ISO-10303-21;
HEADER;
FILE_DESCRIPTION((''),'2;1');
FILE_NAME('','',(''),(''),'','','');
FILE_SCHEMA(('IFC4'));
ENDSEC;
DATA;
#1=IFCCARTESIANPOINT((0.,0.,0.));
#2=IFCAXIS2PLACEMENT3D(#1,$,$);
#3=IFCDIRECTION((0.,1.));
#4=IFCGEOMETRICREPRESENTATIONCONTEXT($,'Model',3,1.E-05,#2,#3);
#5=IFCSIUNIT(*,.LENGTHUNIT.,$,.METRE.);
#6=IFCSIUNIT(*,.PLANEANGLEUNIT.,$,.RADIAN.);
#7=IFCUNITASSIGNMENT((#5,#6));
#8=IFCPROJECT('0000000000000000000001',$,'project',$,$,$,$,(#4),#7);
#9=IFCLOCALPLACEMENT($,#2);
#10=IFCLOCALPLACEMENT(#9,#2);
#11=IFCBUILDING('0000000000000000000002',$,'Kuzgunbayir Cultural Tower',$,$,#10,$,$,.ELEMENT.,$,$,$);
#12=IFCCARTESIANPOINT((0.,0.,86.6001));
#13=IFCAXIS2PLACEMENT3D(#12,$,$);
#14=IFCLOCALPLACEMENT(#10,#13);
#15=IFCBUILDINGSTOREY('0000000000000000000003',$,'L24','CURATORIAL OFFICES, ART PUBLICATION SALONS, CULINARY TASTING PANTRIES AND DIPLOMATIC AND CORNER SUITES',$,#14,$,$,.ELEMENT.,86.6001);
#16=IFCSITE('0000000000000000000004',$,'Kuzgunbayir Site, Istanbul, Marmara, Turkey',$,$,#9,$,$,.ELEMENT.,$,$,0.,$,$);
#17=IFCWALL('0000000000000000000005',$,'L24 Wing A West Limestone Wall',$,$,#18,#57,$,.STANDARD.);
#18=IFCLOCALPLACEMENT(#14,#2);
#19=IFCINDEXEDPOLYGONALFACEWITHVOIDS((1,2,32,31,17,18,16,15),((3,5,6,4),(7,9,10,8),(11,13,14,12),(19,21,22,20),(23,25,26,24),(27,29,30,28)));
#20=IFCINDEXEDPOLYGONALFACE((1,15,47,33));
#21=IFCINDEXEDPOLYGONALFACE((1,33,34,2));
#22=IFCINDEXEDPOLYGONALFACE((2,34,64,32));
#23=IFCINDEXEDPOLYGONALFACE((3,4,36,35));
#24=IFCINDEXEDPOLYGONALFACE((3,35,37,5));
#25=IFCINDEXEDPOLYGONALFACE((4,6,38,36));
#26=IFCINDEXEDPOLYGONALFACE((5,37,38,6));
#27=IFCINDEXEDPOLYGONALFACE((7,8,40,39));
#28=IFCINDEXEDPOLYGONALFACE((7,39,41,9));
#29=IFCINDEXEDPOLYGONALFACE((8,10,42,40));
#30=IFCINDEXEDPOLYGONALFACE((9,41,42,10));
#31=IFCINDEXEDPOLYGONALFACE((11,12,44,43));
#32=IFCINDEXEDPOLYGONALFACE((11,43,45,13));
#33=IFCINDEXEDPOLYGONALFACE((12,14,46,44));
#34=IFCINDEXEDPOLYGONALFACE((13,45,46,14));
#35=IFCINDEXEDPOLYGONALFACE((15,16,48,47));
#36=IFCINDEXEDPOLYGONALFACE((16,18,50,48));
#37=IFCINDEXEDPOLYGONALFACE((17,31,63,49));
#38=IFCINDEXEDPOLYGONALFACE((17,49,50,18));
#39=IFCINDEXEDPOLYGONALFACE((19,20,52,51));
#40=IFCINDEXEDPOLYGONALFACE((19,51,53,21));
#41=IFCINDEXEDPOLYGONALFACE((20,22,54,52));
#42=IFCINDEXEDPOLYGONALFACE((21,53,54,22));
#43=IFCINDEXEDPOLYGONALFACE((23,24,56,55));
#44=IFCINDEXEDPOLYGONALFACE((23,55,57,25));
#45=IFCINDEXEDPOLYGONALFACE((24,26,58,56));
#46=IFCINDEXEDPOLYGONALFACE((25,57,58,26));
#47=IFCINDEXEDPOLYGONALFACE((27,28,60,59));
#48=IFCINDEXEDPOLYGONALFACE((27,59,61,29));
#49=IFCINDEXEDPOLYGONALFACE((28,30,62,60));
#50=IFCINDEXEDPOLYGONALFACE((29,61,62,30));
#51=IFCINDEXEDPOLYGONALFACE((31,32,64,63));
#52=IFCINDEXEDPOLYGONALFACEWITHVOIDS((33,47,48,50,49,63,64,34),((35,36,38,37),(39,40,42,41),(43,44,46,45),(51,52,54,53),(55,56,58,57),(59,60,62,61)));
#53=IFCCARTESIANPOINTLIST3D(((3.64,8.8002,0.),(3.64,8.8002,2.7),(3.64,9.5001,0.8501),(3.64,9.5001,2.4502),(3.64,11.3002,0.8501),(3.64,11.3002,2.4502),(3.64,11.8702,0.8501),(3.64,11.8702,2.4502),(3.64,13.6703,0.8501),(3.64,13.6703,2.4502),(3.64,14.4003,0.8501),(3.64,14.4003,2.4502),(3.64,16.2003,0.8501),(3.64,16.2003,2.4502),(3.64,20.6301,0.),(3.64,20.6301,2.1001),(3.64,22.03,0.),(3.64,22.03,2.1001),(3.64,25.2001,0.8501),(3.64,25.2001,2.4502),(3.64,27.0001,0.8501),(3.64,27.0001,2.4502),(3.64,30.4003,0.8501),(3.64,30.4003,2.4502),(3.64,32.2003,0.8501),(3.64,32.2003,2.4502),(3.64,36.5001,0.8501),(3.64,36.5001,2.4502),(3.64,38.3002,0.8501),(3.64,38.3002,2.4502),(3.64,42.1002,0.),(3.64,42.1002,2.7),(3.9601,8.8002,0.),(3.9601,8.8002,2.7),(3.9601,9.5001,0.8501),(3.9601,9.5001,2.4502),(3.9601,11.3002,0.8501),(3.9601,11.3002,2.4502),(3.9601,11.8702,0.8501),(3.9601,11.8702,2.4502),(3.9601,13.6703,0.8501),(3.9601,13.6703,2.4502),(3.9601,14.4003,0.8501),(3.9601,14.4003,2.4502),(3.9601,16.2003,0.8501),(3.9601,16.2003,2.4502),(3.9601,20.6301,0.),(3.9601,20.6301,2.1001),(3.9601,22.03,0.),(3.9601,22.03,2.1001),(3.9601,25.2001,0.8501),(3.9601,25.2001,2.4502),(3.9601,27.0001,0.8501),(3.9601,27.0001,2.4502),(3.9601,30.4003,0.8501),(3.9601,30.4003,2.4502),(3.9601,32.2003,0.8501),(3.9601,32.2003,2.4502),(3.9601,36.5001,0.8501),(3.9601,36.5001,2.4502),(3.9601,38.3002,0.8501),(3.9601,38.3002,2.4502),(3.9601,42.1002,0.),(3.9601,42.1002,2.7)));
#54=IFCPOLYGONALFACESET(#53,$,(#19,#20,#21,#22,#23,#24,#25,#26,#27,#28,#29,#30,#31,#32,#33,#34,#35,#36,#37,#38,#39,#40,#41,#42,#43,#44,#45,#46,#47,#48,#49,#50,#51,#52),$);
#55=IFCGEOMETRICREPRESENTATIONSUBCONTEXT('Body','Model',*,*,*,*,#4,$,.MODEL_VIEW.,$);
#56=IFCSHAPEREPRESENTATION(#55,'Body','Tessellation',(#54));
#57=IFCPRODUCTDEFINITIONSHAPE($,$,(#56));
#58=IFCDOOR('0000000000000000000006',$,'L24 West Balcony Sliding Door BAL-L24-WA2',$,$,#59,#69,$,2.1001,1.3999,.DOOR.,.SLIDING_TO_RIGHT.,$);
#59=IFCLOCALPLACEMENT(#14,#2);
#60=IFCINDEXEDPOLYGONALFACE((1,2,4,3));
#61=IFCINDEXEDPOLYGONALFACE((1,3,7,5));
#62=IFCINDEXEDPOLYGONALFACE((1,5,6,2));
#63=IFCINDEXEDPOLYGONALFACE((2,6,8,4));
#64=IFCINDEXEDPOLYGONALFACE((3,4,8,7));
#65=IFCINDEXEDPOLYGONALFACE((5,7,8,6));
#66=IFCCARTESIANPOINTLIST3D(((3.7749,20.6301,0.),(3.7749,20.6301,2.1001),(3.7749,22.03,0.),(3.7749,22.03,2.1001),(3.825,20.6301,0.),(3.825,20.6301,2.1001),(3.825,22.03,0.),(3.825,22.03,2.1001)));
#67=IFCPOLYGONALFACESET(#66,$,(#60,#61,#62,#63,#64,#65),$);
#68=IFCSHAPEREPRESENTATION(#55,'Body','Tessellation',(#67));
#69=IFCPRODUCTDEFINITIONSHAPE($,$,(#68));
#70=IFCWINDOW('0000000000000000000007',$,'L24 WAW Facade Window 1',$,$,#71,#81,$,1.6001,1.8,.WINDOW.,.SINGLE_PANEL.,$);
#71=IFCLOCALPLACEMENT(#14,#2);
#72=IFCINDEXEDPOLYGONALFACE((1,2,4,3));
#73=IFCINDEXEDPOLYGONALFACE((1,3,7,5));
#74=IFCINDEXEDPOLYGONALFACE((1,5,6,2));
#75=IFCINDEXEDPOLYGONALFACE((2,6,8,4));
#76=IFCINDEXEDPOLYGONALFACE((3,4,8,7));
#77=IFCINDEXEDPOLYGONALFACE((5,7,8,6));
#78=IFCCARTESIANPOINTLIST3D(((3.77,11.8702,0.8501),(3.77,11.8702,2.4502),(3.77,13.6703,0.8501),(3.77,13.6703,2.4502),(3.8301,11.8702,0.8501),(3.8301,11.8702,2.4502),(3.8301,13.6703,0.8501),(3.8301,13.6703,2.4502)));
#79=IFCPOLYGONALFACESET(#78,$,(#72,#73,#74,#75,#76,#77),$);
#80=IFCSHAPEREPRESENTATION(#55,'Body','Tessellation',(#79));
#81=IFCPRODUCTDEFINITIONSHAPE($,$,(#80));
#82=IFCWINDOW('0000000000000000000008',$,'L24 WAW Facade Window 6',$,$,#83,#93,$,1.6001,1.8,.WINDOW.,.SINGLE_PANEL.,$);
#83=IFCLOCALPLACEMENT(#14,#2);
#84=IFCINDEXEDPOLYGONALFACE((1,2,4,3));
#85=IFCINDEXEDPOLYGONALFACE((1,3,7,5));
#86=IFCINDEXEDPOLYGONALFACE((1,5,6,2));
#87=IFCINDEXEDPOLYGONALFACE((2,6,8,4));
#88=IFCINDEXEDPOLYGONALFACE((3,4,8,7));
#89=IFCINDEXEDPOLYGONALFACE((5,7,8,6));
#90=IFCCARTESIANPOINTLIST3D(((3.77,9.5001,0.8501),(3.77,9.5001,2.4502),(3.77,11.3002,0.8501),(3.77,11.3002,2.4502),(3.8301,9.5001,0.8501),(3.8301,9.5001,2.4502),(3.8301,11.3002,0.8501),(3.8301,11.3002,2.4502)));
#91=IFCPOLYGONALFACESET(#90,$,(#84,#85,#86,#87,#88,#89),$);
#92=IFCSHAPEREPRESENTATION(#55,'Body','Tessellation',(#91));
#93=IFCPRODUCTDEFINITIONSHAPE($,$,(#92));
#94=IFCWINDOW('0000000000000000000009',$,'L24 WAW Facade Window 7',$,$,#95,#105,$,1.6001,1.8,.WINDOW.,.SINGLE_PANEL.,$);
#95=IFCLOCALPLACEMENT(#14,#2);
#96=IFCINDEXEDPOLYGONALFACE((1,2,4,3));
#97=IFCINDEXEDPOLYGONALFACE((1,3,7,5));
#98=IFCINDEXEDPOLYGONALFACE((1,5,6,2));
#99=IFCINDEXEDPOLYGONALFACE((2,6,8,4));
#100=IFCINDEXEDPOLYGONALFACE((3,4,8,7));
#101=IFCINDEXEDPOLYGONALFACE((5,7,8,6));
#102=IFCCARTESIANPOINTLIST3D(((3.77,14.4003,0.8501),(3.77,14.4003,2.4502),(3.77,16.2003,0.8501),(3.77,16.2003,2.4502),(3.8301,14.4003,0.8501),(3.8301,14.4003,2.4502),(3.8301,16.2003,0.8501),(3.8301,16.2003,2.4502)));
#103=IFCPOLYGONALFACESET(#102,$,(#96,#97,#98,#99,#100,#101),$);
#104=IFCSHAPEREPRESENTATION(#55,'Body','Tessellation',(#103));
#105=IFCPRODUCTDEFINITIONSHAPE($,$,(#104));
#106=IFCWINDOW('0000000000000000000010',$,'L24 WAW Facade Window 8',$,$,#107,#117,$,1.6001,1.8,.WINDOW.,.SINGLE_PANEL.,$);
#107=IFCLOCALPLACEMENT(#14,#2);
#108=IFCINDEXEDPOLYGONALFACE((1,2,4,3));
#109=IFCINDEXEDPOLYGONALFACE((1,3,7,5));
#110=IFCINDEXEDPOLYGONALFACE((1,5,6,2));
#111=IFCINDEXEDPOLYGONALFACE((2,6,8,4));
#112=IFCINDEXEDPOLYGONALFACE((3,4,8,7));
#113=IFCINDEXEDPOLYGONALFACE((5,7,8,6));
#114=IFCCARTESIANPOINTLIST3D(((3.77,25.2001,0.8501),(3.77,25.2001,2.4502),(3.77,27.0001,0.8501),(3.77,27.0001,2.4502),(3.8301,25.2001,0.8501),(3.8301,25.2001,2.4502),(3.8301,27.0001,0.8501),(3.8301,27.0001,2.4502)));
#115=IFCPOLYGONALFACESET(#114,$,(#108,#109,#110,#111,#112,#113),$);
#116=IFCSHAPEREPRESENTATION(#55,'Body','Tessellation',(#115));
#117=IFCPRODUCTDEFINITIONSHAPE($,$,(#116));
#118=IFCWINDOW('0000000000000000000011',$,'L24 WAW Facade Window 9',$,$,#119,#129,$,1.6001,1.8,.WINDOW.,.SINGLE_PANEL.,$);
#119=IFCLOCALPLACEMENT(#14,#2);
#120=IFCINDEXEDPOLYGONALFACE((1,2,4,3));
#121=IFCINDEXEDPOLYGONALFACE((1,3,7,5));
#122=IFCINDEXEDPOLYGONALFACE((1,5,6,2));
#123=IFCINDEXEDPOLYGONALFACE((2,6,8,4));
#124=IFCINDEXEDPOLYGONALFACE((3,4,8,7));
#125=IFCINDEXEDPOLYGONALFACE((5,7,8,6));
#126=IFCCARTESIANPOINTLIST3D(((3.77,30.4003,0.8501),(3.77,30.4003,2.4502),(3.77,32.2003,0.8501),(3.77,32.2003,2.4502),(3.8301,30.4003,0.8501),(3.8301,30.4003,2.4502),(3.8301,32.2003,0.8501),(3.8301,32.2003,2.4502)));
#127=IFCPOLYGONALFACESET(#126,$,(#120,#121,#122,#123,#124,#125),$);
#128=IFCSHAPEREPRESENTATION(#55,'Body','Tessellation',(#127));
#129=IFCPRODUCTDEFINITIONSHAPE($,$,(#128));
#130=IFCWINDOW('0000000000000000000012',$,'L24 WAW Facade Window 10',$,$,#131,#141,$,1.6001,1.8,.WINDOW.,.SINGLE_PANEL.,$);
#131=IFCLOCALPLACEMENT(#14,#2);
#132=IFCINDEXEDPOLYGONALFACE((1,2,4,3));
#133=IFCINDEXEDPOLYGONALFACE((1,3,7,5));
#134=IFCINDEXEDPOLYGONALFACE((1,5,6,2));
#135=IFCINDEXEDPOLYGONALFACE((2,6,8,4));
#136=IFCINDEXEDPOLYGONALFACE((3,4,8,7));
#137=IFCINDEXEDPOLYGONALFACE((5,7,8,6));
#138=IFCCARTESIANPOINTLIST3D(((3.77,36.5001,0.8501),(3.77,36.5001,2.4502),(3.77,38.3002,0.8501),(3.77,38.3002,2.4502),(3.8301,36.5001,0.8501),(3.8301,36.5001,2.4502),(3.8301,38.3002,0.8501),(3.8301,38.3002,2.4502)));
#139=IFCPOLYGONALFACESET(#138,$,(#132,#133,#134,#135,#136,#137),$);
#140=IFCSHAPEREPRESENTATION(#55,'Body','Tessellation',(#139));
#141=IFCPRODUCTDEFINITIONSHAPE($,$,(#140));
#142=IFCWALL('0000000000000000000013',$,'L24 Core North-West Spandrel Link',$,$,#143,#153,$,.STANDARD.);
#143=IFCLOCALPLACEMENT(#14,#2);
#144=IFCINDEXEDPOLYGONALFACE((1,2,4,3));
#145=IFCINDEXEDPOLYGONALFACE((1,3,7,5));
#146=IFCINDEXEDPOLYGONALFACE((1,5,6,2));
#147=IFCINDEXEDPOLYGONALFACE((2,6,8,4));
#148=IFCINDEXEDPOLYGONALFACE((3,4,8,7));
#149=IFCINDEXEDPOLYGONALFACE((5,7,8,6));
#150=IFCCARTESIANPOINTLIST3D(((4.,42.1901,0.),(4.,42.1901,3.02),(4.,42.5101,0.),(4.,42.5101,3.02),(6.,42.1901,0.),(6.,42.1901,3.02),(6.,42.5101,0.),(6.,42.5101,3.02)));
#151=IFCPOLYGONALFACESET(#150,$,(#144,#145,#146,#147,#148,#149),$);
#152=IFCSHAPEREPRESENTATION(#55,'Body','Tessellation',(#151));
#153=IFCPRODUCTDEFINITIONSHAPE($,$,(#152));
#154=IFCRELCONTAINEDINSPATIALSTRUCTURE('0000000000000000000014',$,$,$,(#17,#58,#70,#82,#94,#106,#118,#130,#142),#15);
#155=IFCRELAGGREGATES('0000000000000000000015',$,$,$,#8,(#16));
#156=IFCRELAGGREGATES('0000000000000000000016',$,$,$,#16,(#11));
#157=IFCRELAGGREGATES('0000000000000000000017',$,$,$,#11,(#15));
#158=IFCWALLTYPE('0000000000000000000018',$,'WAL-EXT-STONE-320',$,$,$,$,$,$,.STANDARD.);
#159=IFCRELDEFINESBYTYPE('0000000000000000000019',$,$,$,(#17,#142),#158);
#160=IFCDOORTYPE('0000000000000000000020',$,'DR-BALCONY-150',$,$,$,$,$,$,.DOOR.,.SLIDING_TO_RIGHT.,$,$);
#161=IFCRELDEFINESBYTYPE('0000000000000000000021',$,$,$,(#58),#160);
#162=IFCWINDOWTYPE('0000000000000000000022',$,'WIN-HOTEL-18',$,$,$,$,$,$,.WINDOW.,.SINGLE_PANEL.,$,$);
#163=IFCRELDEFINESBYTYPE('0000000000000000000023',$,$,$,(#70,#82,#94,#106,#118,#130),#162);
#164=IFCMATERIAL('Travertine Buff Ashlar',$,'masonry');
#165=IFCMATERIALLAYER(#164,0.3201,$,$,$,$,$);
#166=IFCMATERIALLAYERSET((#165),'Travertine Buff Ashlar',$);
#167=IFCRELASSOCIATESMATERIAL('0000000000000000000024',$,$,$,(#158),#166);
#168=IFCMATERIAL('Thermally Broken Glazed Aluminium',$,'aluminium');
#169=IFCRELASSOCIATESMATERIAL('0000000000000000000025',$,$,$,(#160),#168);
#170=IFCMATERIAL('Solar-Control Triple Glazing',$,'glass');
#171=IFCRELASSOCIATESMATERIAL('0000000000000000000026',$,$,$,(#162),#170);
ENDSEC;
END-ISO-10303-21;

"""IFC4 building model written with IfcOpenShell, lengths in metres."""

from ifc_helpers import new_model, si_unit, direction, frame, frame_2d, origin, place, context, subcontext, project, spatial, rectangle, extrude, material, layer, layer_set, type_object, element, fill, save


model = new_model("IFC4")

# Units and contexts
model_context = context("Model", 3, precision=1e-05, world=origin(), true_north=direction((0.0, 1.0)))
body_context = subcontext(model_context, "Body", "Model", "MODEL_VIEW")
ifc_project = project(units=[si_unit("LENGTHUNIT", "METRE"), si_unit("PLANEANGLEUNIT", "RADIAN")], contexts=[model_context])

# Site, building, storey
site_placement = place(None, origin())
site = spatial("IfcSite", under=ifc_project, at=site_placement, Name="Kuzgunbayir Site, Istanbul, Marmara, Turkey", CompositionType="ELEMENT", RefElevation=0.0)
building_placement = place(site_placement, origin())
building = spatial("IfcBuilding", under=site, at=building_placement, Name="Kuzgunbayir Cultural Tower", CompositionType="ELEMENT")
storey_placement = place(building_placement, frame((0.0, 0.0, 86.6001)))
storey = spatial("IfcBuildingStorey", under=building, at=storey_placement, Name="L24", Description="CURATORIAL OFFICES, ART PUBLICATION SALONS, CULINARY TASTING PANTRIES AND DIPLOMATIC AND CORNER SUITES", CompositionType="ELEMENT", Elevation=86.6001)

# Wall, openings, door, windows
ifc_material_1 = material(Name="Travertine Buff Ashlar", Category="masonry")
ifc_layer_1 = layer(ifc_material_1, 0.3201)
ifc_layer_set_1 = layer_set([ifc_layer_1], Name="Travertine Buff Ashlar")
wall_type_1 = type_object("IfcWallType", Name="WAL-EXT-STONE-320", PredefinedType="STANDARD", material=ifc_layer_set_1)
wall_1_placement = place(storey_placement, frame((3.8, 42.1001, 0.0), z_axis=(0.0, 0.0, 1.0), x_axis=(0.0, -1.0, 0.0)))
wall_1 = element("IfcWall", 1, at=wall_1_placement, inside=storey, type_object=wall_type_1, Name="L24 Wing A West Limestone Wall", PredefinedType="STANDARD", context=body_context, shape_type="SweptSolid", body=[
    extrude(rectangle(XDim=33.3, YDim=0.3201, at=frame_2d((16.6499, 0.0))), origin(), (0.0, 0.0, 1.0), 2.7),
])
opening_1_placement = place(wall_1_placement, frame((20.0701, 0.0, 0.0)))
opening_1 = element("IfcOpeningElement", 2, at=opening_1_placement, cuts=wall_1, PredefinedType="OPENING", context=body_context, shape_type="SweptSolid", body=[
    extrude(rectangle(XDim=1.3999, YDim=2.1001, at=frame_2d((0.7, 1.05))), frame((0.0, 0.1699, 0.0), z_axis=(0.0, -1.0, 0.0), x_axis=(1.0, 0.0, 0.0)), (0.0, 0.0, 1.0), 0.3401),
])
opening_2_placement = place(wall_1_placement, frame((28.4299, 0.0, 0.8501)))
opening_2 = element("IfcOpeningElement", 3, at=opening_2_placement, cuts=wall_1, PredefinedType="OPENING", context=body_context, shape_type="SweptSolid", body=[
    extrude(rectangle(XDim=1.8, YDim=1.6001, at=frame_2d((0.8999, 0.8))), frame((0.0, 0.1699, 0.0), z_axis=(0.0, -1.0, 0.0), x_axis=(1.0, 0.0, 0.0)), (0.0, 0.0, 1.0), 0.3401),
])
opening_3_placement = place(wall_1_placement, frame((30.8, 0.0, 0.8501)))
opening_3 = element("IfcOpeningElement", 4, at=opening_3_placement, cuts=wall_1, PredefinedType="OPENING", context=body_context, shape_type="SweptSolid", body=[
    extrude(rectangle(XDim=1.8, YDim=1.6001, at=frame_2d((0.8999, 0.8))), frame((0.0, 0.1699, 0.0), z_axis=(0.0, -1.0, 0.0), x_axis=(1.0, 0.0, 0.0)), (0.0, 0.0, 1.0), 0.3401),
])
opening_4_placement = place(wall_1_placement, frame((25.8999, 0.0, 0.8501)))
opening_4 = element("IfcOpeningElement", 5, at=opening_4_placement, cuts=wall_1, PredefinedType="OPENING", context=body_context, shape_type="SweptSolid", body=[
    extrude(rectangle(XDim=1.8, YDim=1.6001, at=frame_2d((0.8999, 0.8))), frame((0.0, 0.1699, 0.0), z_axis=(0.0, -1.0, 0.0), x_axis=(1.0, 0.0, 0.0)), (0.0, 0.0, 1.0), 0.3401),
])
opening_5_placement = place(wall_1_placement, frame((15.1001, 0.0, 0.8501)))
opening_5 = element("IfcOpeningElement", 6, at=opening_5_placement, cuts=wall_1, PredefinedType="OPENING", context=body_context, shape_type="SweptSolid", body=[
    extrude(rectangle(XDim=1.8, YDim=1.6001, at=frame_2d((0.8999, 0.8))), frame((0.0, 0.1699, 0.0), z_axis=(0.0, -1.0, 0.0), x_axis=(1.0, 0.0, 0.0)), (0.0, 0.0, 1.0), 0.3401),
])
opening_6_placement = place(wall_1_placement, frame((9.8999, 0.0, 0.8501)))
opening_6 = element("IfcOpeningElement", 7, at=opening_6_placement, cuts=wall_1, PredefinedType="OPENING", context=body_context, shape_type="SweptSolid", body=[
    extrude(rectangle(XDim=1.8, YDim=1.6001, at=frame_2d((0.8999, 0.8))), frame((0.0, 0.1699, 0.0), z_axis=(0.0, -1.0, 0.0), x_axis=(1.0, 0.0, 0.0)), (0.0, 0.0, 1.0), 0.3401),
])
opening_7_placement = place(wall_1_placement, frame((3.8, 0.0, 0.8501)))
opening_7 = element("IfcOpeningElement", 8, at=opening_7_placement, cuts=wall_1, PredefinedType="OPENING", context=body_context, shape_type="SweptSolid", body=[
    extrude(rectangle(XDim=1.8, YDim=1.6001, at=frame_2d((0.8999, 0.8))), frame((0.0, 0.1699, 0.0), z_axis=(0.0, -1.0, 0.0), x_axis=(1.0, 0.0, 0.0)), (0.0, 0.0, 1.0), 0.3401),
])
ifc_material_2 = material(Name="Thermally Broken Glazed Aluminium", Category="aluminium")
door_type_1 = type_object("IfcDoorType", Name="DR-BALCONY-150", OperationType="SLIDING_TO_RIGHT", PredefinedType="DOOR", material=ifc_material_2)
door_1_placement = place(opening_1_placement, origin())
door_1 = element("IfcDoor", 9, at=door_1_placement, inside=storey, type_object=door_type_1, Name="L24 West Balcony Sliding Door BAL-L24-WA2", OperationType="SLIDING_TO_RIGHT", OverallHeight=2.1001, OverallWidth=1.3999, PredefinedType="DOOR", context=body_context, shape_type="SweptSolid", body=[
    extrude(rectangle(XDim=1.3999, YDim=2.1001, at=frame_2d((0.7, 1.05))), frame((0.0, 0.0249, 0.0), z_axis=(0.0, -1.0, 0.0), x_axis=(1.0, 0.0, 0.0)), (0.0, 0.0, 1.0), 0.05),
])
fill(opening_1, door_1)
ifc_material_3 = material(Name="Solar-Control Triple Glazing", Category="glass")
window_type = type_object("IfcWindowType", Name="WIN-HOTEL-18", PartitioningType="SINGLE_PANEL", PredefinedType="WINDOW", material=ifc_material_3)
window_1_placement = place(opening_2_placement, origin())
window_1 = element("IfcWindow", 10, at=window_1_placement, inside=storey, type_object=window_type, Name="L24 WAW Facade Window 1", OverallHeight=1.6001, OverallWidth=1.8, PartitioningType="SINGLE_PANEL", PredefinedType="WINDOW", context=body_context, shape_type="SweptSolid", body=[
    extrude(rectangle(XDim=1.8, YDim=1.6001, at=frame_2d((0.8999, 0.8))), frame((0.0, 0.03, 0.0), z_axis=(0.0, -1.0, 0.0), x_axis=(1.0, 0.0, 0.0)), (0.0, 0.0, 1.0), 0.0601),
])
fill(opening_2, window_1)
window_2_placement = place(opening_3_placement, origin())
window_2 = element("IfcWindow", 11, at=window_2_placement, inside=storey, type_object=window_type, Name="L24 WAW Facade Window 6", OverallHeight=1.6001, OverallWidth=1.8, PartitioningType="SINGLE_PANEL", PredefinedType="WINDOW", context=body_context, shape_type="SweptSolid", body=[
    extrude(rectangle(XDim=1.8, YDim=1.6001, at=frame_2d((0.8999, 0.8))), frame((0.0, 0.03, 0.0), z_axis=(0.0, -1.0, 0.0), x_axis=(1.0, 0.0, 0.0)), (0.0, 0.0, 1.0), 0.0601),
])
fill(opening_3, window_2)
window_3_placement = place(opening_4_placement, origin())
window_3 = element("IfcWindow", 12, at=window_3_placement, inside=storey, type_object=window_type, Name="L24 WAW Facade Window 7", OverallHeight=1.6001, OverallWidth=1.8, PartitioningType="SINGLE_PANEL", PredefinedType="WINDOW", context=body_context, shape_type="SweptSolid", body=[
    extrude(rectangle(XDim=1.8, YDim=1.6001, at=frame_2d((0.8999, 0.8))), frame((0.0, 0.03, 0.0), z_axis=(0.0, -1.0, 0.0), x_axis=(1.0, 0.0, 0.0)), (0.0, 0.0, 1.0), 0.0601),
])
fill(opening_4, window_3)
window_4_placement = place(opening_5_placement, origin())
window_4 = element("IfcWindow", 13, at=window_4_placement, inside=storey, type_object=window_type, Name="L24 WAW Facade Window 8", OverallHeight=1.6001, OverallWidth=1.8, PartitioningType="SINGLE_PANEL", PredefinedType="WINDOW", context=body_context, shape_type="SweptSolid", body=[
    extrude(rectangle(XDim=1.8, YDim=1.6001, at=frame_2d((0.8999, 0.8))), frame((0.0, 0.03, 0.0), z_axis=(0.0, -1.0, 0.0), x_axis=(1.0, 0.0, 0.0)), (0.0, 0.0, 1.0), 0.0601),
])
fill(opening_5, window_4)
window_5_placement = place(opening_6_placement, origin())
window_5 = element("IfcWindow", 14, at=window_5_placement, inside=storey, type_object=window_type, Name="L24 WAW Facade Window 9", OverallHeight=1.6001, OverallWidth=1.8, PartitioningType="SINGLE_PANEL", PredefinedType="WINDOW", context=body_context, shape_type="SweptSolid", body=[
    extrude(rectangle(XDim=1.8, YDim=1.6001, at=frame_2d((0.8999, 0.8))), frame((0.0, 0.03, 0.0), z_axis=(0.0, -1.0, 0.0), x_axis=(1.0, 0.0, 0.0)), (0.0, 0.0, 1.0), 0.0601),
])
fill(opening_6, window_5)
window_6_placement = place(opening_7_placement, origin())
window_6 = element("IfcWindow", 15, at=window_6_placement, inside=storey, type_object=window_type, Name="L24 WAW Facade Window 10", OverallHeight=1.6001, OverallWidth=1.8, PartitioningType="SINGLE_PANEL", PredefinedType="WINDOW", context=body_context, shape_type="SweptSolid", body=[
    extrude(rectangle(XDim=1.8, YDim=1.6001, at=frame_2d((0.8999, 0.8))), frame((0.0, 0.03, 0.0), z_axis=(0.0, -1.0, 0.0), x_axis=(1.0, 0.0, 0.0)), (0.0, 0.0, 1.0), 0.0601),
])
fill(opening_7, window_6)

# Wall
wall_2_placement = place(storey_placement, frame((6.0, 42.3501, 0.0), z_axis=(0.0, 0.0, 1.0), x_axis=(-1.0, 0.0, 0.0)))
element("IfcWall", 16, at=wall_2_placement, inside=storey, type_object=wall_type_1, Name="L24 Core North-West Spandrel Link", PredefinedType="STANDARD", context=body_context, shape_type="SweptSolid", body=[
    extrude(rectangle(XDim=2.0, YDim=0.3201, at=frame_2d((1.0, 0.0))), origin(), (0.0, 0.0, 1.0), 3.02),
])

save(model, "model.ifc")
